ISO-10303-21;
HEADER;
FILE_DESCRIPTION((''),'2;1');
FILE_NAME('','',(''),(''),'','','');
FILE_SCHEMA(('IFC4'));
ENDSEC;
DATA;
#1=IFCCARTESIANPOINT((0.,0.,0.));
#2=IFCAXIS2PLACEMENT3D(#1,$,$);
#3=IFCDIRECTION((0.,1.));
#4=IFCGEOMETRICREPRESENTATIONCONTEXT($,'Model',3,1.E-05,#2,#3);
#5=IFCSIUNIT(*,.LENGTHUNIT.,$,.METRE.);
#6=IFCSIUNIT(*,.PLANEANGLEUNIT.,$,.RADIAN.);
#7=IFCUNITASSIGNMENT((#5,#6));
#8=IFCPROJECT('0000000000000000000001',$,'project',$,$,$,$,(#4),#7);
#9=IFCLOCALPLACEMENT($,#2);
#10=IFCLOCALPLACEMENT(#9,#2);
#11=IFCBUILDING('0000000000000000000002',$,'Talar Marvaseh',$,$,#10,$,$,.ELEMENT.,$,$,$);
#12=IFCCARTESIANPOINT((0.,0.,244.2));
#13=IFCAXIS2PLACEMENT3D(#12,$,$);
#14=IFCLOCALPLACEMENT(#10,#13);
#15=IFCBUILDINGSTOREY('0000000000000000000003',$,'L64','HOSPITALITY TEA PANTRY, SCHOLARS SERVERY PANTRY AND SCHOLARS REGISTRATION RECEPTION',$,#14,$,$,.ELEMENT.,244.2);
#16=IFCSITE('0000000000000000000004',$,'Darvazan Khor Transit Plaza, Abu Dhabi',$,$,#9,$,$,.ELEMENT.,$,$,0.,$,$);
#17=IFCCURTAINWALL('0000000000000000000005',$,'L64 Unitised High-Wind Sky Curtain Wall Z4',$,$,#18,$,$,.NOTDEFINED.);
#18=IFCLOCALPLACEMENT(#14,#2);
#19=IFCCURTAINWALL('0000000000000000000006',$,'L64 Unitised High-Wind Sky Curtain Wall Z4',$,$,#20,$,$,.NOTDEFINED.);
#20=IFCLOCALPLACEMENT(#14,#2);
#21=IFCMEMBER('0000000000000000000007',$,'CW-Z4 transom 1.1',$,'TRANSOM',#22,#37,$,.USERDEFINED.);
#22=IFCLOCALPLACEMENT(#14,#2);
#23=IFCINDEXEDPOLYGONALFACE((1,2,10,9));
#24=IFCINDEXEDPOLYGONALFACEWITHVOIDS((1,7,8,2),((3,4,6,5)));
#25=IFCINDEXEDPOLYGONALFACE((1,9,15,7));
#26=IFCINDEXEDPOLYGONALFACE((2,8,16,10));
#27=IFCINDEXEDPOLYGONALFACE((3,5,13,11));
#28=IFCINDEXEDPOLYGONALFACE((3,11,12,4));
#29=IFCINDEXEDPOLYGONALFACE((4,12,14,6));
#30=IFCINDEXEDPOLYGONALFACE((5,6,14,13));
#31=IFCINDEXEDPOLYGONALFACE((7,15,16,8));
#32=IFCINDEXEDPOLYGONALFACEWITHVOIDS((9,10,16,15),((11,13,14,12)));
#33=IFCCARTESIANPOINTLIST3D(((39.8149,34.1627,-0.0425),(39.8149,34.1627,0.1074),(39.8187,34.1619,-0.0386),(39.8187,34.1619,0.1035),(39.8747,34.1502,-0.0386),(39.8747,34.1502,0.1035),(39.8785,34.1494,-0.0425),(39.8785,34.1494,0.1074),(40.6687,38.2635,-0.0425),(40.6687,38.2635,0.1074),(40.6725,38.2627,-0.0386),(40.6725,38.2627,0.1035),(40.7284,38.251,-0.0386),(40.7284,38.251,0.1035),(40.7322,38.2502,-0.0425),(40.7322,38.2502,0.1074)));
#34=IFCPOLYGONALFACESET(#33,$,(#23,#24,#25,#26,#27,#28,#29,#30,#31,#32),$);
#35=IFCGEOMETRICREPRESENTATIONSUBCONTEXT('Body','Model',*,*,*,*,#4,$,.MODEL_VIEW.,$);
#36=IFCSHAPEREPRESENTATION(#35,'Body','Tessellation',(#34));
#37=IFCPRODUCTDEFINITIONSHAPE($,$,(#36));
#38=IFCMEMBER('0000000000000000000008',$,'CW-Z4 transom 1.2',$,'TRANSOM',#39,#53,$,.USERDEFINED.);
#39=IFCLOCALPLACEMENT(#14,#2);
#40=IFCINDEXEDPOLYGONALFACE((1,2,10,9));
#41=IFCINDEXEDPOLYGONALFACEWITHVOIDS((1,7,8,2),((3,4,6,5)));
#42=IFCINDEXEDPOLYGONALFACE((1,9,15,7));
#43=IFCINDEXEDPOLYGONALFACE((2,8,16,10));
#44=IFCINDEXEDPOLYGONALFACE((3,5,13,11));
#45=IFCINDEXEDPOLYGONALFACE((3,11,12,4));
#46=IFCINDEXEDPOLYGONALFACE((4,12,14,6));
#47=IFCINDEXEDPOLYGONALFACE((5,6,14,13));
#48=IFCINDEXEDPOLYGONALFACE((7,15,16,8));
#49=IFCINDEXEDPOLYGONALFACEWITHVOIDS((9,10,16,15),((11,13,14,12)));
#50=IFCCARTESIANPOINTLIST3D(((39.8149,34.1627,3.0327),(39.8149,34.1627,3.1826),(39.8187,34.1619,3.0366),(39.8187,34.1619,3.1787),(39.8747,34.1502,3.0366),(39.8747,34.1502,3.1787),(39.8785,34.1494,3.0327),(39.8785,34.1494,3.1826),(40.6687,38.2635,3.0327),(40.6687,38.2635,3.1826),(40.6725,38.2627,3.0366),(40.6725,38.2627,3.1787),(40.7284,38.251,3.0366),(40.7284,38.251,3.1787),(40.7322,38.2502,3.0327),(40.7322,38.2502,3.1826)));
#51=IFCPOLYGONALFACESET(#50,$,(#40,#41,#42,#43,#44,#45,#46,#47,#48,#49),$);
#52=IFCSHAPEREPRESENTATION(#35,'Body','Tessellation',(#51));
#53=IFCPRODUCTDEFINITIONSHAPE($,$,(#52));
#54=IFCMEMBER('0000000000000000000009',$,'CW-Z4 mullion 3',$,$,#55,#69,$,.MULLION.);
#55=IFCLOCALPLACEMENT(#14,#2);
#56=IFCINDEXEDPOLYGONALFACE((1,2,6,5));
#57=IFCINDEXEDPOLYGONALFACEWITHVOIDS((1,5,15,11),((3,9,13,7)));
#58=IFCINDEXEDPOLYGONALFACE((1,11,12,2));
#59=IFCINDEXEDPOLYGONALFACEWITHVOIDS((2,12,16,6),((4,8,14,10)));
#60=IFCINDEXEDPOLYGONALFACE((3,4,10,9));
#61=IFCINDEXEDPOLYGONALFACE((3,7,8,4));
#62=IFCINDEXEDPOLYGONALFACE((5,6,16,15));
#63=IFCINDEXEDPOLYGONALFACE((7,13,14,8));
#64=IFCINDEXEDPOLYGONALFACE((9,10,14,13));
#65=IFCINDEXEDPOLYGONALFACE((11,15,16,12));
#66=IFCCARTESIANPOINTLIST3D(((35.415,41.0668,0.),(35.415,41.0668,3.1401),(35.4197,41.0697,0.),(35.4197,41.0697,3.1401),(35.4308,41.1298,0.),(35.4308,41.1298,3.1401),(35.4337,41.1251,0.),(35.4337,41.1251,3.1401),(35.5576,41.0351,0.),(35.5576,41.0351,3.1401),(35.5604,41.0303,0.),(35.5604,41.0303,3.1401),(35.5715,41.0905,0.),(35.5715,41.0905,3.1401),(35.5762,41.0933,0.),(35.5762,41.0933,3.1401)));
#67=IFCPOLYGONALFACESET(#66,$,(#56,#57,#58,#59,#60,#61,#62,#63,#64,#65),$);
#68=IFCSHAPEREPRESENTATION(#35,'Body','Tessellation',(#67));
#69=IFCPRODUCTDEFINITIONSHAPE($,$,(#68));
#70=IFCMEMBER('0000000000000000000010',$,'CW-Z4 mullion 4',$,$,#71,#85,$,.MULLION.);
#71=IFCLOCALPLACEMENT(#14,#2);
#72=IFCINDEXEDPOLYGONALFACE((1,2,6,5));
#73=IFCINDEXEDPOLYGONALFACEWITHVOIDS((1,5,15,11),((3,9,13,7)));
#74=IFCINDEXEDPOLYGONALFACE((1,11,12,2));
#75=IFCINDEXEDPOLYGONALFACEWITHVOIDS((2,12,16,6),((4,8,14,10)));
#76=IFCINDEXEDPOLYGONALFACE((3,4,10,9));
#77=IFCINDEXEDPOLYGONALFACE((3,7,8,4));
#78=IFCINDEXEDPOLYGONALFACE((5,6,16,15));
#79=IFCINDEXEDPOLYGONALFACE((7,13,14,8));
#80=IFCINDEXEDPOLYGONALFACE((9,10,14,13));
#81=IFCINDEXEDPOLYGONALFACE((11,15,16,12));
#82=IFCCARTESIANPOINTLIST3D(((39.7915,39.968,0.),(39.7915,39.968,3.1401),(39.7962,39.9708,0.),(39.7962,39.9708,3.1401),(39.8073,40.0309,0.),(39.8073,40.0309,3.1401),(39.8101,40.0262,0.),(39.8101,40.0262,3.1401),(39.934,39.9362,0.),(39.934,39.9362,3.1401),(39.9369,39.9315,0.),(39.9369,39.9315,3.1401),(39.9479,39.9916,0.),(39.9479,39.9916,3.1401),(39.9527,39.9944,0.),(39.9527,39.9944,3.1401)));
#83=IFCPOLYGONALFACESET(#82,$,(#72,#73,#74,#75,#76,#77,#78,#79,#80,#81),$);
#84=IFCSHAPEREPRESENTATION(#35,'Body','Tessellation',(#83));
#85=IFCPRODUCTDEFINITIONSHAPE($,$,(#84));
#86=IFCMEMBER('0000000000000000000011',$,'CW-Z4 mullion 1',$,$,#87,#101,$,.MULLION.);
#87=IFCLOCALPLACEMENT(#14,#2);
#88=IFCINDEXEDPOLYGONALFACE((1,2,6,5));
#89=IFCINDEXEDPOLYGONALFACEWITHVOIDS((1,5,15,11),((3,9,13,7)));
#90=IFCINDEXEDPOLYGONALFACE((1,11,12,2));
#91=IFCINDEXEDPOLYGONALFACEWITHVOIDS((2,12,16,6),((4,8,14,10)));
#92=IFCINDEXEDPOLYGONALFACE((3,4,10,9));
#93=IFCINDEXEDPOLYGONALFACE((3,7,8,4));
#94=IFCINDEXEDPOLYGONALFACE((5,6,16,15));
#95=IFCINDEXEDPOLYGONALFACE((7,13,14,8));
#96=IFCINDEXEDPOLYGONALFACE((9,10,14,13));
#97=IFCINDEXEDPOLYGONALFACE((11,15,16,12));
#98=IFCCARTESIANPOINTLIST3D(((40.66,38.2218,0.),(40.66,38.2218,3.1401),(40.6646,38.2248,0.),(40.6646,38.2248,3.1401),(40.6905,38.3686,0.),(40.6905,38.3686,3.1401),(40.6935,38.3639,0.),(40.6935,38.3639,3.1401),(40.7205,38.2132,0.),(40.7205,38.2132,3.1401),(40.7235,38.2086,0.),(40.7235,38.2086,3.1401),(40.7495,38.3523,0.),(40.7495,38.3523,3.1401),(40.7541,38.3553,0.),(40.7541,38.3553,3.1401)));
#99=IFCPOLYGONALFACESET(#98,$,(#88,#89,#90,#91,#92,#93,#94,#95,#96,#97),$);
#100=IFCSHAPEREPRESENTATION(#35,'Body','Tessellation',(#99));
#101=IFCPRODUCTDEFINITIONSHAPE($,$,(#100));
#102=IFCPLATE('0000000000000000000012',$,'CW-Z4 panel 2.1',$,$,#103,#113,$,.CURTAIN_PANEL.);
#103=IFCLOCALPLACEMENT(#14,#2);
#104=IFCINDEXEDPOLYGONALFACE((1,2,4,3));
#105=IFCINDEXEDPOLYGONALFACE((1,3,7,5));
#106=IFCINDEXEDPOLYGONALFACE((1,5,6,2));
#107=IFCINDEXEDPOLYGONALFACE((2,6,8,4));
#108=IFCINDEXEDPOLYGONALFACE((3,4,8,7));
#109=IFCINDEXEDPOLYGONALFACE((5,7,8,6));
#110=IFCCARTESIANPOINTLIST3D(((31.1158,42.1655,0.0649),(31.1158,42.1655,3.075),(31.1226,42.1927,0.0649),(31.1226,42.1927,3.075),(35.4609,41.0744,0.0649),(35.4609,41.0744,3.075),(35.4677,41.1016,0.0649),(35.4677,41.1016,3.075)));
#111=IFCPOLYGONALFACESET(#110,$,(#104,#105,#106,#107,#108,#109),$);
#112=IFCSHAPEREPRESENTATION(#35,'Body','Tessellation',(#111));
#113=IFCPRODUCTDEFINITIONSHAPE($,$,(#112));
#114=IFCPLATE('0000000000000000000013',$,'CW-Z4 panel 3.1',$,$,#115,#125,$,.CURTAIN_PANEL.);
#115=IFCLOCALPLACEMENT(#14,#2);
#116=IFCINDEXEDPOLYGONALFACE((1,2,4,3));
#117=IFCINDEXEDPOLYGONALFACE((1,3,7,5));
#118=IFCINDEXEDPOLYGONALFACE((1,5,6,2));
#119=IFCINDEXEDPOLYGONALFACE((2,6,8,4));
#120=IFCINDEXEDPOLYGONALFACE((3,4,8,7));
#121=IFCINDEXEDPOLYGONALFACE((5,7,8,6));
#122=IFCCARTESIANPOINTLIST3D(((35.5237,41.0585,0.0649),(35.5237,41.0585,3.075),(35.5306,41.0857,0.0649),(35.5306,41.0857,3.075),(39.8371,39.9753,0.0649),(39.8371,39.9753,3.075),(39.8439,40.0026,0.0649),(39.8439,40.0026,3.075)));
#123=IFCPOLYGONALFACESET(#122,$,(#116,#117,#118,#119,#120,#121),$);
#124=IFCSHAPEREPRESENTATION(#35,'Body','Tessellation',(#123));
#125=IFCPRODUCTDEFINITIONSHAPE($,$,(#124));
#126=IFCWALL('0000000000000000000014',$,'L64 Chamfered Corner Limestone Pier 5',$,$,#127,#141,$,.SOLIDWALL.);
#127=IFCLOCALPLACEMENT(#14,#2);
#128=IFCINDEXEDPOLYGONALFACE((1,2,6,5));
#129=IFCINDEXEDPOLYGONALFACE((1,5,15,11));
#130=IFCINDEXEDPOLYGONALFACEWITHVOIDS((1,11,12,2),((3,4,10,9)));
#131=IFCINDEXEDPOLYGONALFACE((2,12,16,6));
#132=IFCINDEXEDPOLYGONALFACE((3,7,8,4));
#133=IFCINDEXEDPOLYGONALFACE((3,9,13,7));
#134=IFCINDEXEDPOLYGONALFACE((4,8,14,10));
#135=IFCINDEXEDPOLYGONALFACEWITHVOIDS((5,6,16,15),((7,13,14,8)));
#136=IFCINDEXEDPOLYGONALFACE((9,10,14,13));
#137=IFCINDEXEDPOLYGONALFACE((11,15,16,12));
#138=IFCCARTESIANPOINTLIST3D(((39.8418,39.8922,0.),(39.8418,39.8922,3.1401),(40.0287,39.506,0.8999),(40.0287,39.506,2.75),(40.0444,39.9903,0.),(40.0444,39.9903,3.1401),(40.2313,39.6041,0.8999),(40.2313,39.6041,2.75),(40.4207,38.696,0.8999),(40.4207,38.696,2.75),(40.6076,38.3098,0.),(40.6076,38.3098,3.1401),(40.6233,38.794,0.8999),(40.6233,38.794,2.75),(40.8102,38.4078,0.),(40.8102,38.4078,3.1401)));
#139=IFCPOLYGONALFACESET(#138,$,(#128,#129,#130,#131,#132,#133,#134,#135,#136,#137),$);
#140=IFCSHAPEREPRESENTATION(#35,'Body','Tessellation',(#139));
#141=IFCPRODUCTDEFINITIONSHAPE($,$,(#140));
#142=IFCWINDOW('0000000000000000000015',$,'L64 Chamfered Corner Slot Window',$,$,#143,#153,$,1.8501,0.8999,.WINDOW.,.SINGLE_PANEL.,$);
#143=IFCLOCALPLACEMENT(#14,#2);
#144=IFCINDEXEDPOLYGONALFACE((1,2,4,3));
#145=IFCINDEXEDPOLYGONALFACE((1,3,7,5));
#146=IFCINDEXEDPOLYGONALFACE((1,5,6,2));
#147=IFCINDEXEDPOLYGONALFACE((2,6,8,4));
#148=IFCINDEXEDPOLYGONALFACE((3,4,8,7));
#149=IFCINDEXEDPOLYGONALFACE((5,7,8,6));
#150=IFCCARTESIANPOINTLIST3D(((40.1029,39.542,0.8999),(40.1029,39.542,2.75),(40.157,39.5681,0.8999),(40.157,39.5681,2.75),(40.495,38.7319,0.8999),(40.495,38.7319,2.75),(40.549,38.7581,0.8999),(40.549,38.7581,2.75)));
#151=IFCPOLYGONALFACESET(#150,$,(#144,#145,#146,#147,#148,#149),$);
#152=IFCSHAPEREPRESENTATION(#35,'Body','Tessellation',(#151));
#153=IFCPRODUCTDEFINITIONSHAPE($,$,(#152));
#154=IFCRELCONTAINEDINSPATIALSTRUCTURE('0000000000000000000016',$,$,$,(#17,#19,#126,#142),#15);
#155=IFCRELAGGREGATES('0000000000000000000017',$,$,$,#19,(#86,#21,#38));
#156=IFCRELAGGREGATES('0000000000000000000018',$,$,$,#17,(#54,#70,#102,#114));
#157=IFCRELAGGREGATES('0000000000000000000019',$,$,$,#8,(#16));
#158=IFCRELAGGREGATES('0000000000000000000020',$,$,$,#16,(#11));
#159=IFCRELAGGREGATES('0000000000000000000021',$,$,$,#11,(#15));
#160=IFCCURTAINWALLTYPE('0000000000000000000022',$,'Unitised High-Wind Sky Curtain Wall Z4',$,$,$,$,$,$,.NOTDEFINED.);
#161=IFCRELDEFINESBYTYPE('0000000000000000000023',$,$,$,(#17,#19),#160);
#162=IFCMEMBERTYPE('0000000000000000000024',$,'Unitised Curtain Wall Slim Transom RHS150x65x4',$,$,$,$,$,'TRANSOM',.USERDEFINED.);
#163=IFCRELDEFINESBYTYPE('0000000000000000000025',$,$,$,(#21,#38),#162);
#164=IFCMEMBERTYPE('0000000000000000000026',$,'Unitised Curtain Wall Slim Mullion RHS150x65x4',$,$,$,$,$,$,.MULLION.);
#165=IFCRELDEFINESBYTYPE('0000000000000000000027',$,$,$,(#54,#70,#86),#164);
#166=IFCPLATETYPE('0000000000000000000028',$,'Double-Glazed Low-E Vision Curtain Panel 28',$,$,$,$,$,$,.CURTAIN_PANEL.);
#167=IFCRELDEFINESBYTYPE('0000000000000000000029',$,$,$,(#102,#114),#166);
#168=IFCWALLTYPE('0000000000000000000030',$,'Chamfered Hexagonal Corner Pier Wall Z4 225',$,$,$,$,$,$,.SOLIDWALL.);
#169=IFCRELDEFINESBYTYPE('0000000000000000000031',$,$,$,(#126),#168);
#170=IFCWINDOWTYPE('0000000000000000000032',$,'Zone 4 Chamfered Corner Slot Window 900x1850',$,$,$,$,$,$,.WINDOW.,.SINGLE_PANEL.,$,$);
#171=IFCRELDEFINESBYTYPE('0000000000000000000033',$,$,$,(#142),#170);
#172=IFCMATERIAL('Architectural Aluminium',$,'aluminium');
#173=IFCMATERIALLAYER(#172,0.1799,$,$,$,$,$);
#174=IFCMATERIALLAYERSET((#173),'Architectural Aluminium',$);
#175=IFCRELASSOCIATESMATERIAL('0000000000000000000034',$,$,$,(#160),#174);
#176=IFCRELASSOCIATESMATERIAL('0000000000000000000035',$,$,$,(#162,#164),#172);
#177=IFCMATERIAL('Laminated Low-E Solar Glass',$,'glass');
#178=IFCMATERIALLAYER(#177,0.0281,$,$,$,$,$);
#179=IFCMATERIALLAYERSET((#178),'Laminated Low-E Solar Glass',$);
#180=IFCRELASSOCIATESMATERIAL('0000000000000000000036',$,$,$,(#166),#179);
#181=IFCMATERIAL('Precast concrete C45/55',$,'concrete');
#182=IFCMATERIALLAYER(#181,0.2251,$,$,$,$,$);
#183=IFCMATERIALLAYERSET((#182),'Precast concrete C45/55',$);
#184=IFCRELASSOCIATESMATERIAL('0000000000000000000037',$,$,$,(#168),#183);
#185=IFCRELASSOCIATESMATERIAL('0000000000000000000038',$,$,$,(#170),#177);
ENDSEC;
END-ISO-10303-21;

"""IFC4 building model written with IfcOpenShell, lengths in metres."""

from ifc_helpers import new_model, si_unit, direction, frame, frame_2d, origin, origin_2d, place, context, subcontext, project, spatial, rectangle, hollow_rectangle, extrude, source, transform, mapped, material, layer, layer_set, material_profile, profile_set, type_object, type_shapes, element, fill, aggregate, save


model = new_model("IFC4")

# Units and contexts
model_context = context("Model", 3, precision=1e-05, world=origin(), true_north=direction((0.0, 1.0)))
body_context = subcontext(model_context, "Body", "Model", "MODEL_VIEW")
ifc_project = project(units=[si_unit("LENGTHUNIT", "METRE"), si_unit("PLANEANGLEUNIT", "RADIAN")], contexts=[model_context])

# Site, building, storey
site_placement = place(None, origin())
site = spatial("IfcSite", under=ifc_project, at=site_placement, Name="Darvazan Khor Transit Plaza, Abu Dhabi", CompositionType="ELEMENT", RefElevation=0.0)
building_placement = place(site_placement, origin())
building = spatial("IfcBuilding", under=site, at=building_placement, Name="Talar Marvaseh", CompositionType="ELEMENT")
storey_placement = place(building_placement, frame((0.0, 0.0, 244.2)))
storey = spatial("IfcBuildingStorey", under=building, at=storey_placement, Name="L64", Description="HOSPITALITY TEA PANTRY, SCHOLARS SERVERY PANTRY AND SCHOLARS REGISTRATION RECEPTION", CompositionType="ELEMENT", Elevation=244.2)

# Curtain walls, members
ifc_material_1 = material(Name="Architectural Aluminium", Category="aluminium")
ifc_layer_1 = layer(ifc_material_1, 0.1799)
ifc_layer_set_1 = layer_set([ifc_layer_1], Name="Architectural Aluminium")
curtain_wall_type = type_object("IfcCurtainWallType", Name="Unitised High-Wind Sky Curtain Wall Z4", PredefinedType="NOTDEFINED", material=ifc_layer_set_1)
curtain_wall_1_placement = place(storey_placement, origin())
curtain_wall_1 = element("IfcCurtainWall", 1, at=curtain_wall_1_placement, inside=storey, type_object=curtain_wall_type, Name="L64 Unitised High-Wind Sky Curtain Wall Z4", PredefinedType="NOTDEFINED")
ifc_material_profile_1 = material_profile(ifc_material_1, hollow_rectangle(XDim=0.0649, YDim=0.1499, WallThickness=0.0039, at=origin_2d()), Name="RHS150x65x4")
ifc_profile_set_1 = profile_set([ifc_material_profile_1], Name="Architectural Aluminium")
member_type_1 = type_object("IfcMemberType", Name="Unitised Curtain Wall Slim Transom RHS150x65x4", ElementType="TRANSOM", PredefinedType="USERDEFINED", material=ifc_profile_set_1)
curtain_wall_2_placement = place(storey_placement, origin())
curtain_wall_2 = element("IfcCurtainWall", 2, at=curtain_wall_2_placement, inside=storey, type_object=curtain_wall_type, Name="L64 Unitised High-Wind Sky Curtain Wall Z4", PredefinedType="NOTDEFINED")
shared_shape_1 = source(origin(), body_context, "Body", "SweptSolid", [
    extrude(hollow_rectangle(XDim=0.0649, YDim=0.1499, WallThickness=0.0039, at=origin_2d()), origin(), (0.0, 0.0, 1.0), 4.1887),
])
member_1_placement = place(storey_placement, frame((40.7004, 38.2568, 0.0325), z_axis=(-0.203822, -0.979008, 0.0), x_axis=(0.979008, -0.203822, 0.0)))
member_1 = element("IfcMember", 3, at=member_1_placement, type_object=member_type_1, Name="CW-Z4 transom 1.1", ObjectType="TRANSOM", PredefinedType="USERDEFINED", context=body_context, shape_type="MappedRepresentation", body=[
    mapped(shared_shape_1, transform((0.0, 0.0, 0.0), x_axis=(1.0, 0.0, 0.0), y_axis=(0.0, 1.0, 0.0), z_axis=(0.0, 0.0, 1.0), scale=1.0)),
])
member_2_placement = place(storey_placement, frame((40.7004, 38.2568, 3.1077), z_axis=(-0.203822, -0.979008, 0.0), x_axis=(0.979008, -0.203822, 0.0)))
member_2 = element("IfcMember", 4, at=member_2_placement, type_object=member_type_1, Name="CW-Z4 transom 1.2", ObjectType="TRANSOM", PredefinedType="USERDEFINED", context=body_context, shape_type="MappedRepresentation", body=[
    mapped(shared_shape_1, transform((0.0, 0.0, 0.0), x_axis=(1.0, 0.0, 0.0), y_axis=(0.0, 1.0, 0.0), z_axis=(0.0, 0.0, 1.0), scale=1.0)),
])

# Members
ifc_material_profile_2 = material_profile(ifc_material_1, hollow_rectangle(XDim=0.0649, YDim=0.1499, WallThickness=0.0039, at=origin_2d()), Name="RHS150x65x4")
ifc_profile_set_2 = profile_set([ifc_material_profile_2], Name="Architectural Aluminium")
member_type_2 = type_object("IfcMemberType", Name="Unitised Curtain Wall Slim Mullion RHS150x65x4", PredefinedType="MULLION", material=ifc_profile_set_2)
shared_shape_2 = source(origin(), body_context, "Body", "SweptSolid", [
    extrude(hollow_rectangle(XDim=0.0649, YDim=0.1499, WallThickness=0.0039, at=origin_2d()), origin(), (0.0, 0.0, 1.0), 3.1401),
])
type_shapes(member_type_2, [shared_shape_2])
member_3_placement = place(storey_placement, frame((35.4956, 41.0801, 0.0), z_axis=(0.0, 0.0, 1.0), x_axis=(0.243548, 0.969889, 0.0)))
member_3 = element("IfcMember", 5, at=member_3_placement, type_object=member_type_2, Name="CW-Z4 mullion 3", PredefinedType="MULLION", context=body_context, shape_type="MappedRepresentation", body=[
    mapped(shared_shape_2, transform((0.0, 0.0, 0.0), x_axis=(1.0, 0.0, 0.0), y_axis=(0.0, 1.0, 0.0), z_axis=(0.0, 0.0, 1.0), scale=1.0)),
])
member_4_placement = place(storey_placement, frame((39.8721, 39.9812, 0.0), z_axis=(0.0, 0.0, 1.0), x_axis=(0.243548, 0.969889, 0.0)))
member_4 = element("IfcMember", 6, at=member_4_placement, type_object=member_type_2, Name="CW-Z4 mullion 4", PredefinedType="MULLION", context=body_context, shape_type="MappedRepresentation", body=[
    mapped(shared_shape_2, transform((0.0, 0.0, 0.0), x_axis=(1.0, 0.0, 0.0), y_axis=(0.0, 1.0, 0.0), z_axis=(0.0, 0.0, 1.0), scale=1.0)),
])
member_5_placement = place(storey_placement, frame((40.707, 38.2886, 0.0), z_axis=(0.0, 0.0, 1.0), x_axis=(0.979014, -0.203791, 0.0)))
member_5 = element("IfcMember", 7, at=member_5_placement, type_object=member_type_2, Name="CW-Z4 mullion 1", PredefinedType="MULLION", context=body_context, shape_type="MappedRepresentation", body=[
    mapped(shared_shape_2, transform((0.0, 0.0, 0.0), x_axis=(1.0, 0.0, 0.0), y_axis=(0.0, 1.0, 0.0), z_axis=(0.0, 0.0, 1.0), scale=1.0)),
])
aggregate(curtain_wall_2, [member_5, member_1, member_2])

# Plates
ifc_material_2 = material(Name="Laminated Low-E Solar Glass", Category="glass")
ifc_layer_2 = layer(ifc_material_2, 0.0281)
ifc_layer_set_2 = layer_set([ifc_layer_2], Name="Laminated Low-E Solar Glass")
plate_type = type_object("IfcPlateType", Name="Double-Glazed Low-E Vision Curtain Panel 28", PredefinedType="CURTAIN_PANEL", material=ifc_layer_set_2)
shared_shape_3 = source(origin(), body_context, "Body", "SweptSolid", [
    extrude(rectangle(XDim=4.48, YDim=0.0281, at=origin_2d()), origin(), (0.0, 0.0, 1.0), 3.01),
])
plate_1_placement = place(storey_placement, frame((33.2917, 41.6335, 0.0649), z_axis=(0.0, 0.0, 1.0), x_axis=(0.969889, -0.243548, 0.0)))
plate_1 = element("IfcPlate", 8, at=plate_1_placement, type_object=plate_type, Name="CW-Z4 panel 2.1", PredefinedType="CURTAIN_PANEL", context=body_context, shape_type="MappedRepresentation", body=[
    mapped(shared_shape_3, transform((0.0, 0.0, 0.0), x_axis=(1.0, 0.0, 0.0), y_axis=(0.0, 1.0, 0.0), z_axis=(0.0, 0.0, 1.0), scale=1.0)),
])
shared_shape_4 = source(origin(), body_context, "Body", "SweptSolid", [
    extrude(rectangle(XDim=4.4473, YDim=0.0281, at=origin_2d()), origin(), (0.0, 0.0, 1.0), 3.01),
])
type_shapes(plate_type, [shared_shape_3, shared_shape_4])
plate_2_placement = place(storey_placement, frame((37.6838, 40.5305, 0.0649), z_axis=(0.0, 0.0, 1.0), x_axis=(0.969889, -0.243548, 0.0)))
plate_2 = element("IfcPlate", 9, at=plate_2_placement, type_object=plate_type, Name="CW-Z4 panel 3.1", PredefinedType="CURTAIN_PANEL", context=body_context, shape_type="MappedRepresentation", body=[
    mapped(shared_shape_4, transform((0.0, 0.0, 0.0), x_axis=(1.0, 0.0, 0.0), y_axis=(0.0, 1.0, 0.0), z_axis=(0.0, 0.0, 1.0), scale=1.0)),
])
aggregate(curtain_wall_1, [member_3, member_4, plate_1, plate_2])

# Wall, opening, window
ifc_material_3 = material(Name="Precast concrete C45/55", Category="concrete")
ifc_layer_3 = layer(ifc_material_3, 0.2251)
ifc_layer_set_3 = layer_set([ifc_layer_3], Name="Precast concrete C45/55")
wall_type_1 = type_object("IfcWallType", Name="Chamfered Hexagonal Corner Pier Wall Z4 225", PredefinedType="SOLIDWALL", material=ifc_layer_set_3)
wall_1_placement = place(storey_placement, frame((39.9431, 39.9412, 0.0), z_axis=(0.0, 0.0, 1.0), x_axis=(0.435623, -0.900129, 0.0)))
wall_1 = element("IfcWall", 10, at=wall_1_placement, inside=storey, type_object=wall_type_1, Name="L64 Chamfered Corner Limestone Pier 5", PredefinedType="SOLIDWALL", context=body_context, shape_type="SweptSolid", body=[
    extrude(rectangle(XDim=1.7581, YDim=0.2251, at=frame_2d((0.8789, 0.0))), origin(), (0.0, 0.0, 1.0), 3.1401),
])
opening_1_placement = place(wall_1_placement, frame((0.429, 0.0, 0.8999)))
opening_1 = element("IfcOpeningElement", 11, at=opening_1_placement, cuts=wall_1, PredefinedType="OPENING", context=body_context, shape_type="SweptSolid", body=[
    extrude(rectangle(XDim=0.8999, YDim=1.8501, at=frame_2d((0.45, 0.925))), frame((0.0, 0.1226, 0.0), z_axis=(0.0, -1.0, 0.0), x_axis=(1.0, 0.0, 0.0)), (0.0, 0.0, 1.0), 0.2451),
])
window_type = type_object("IfcWindowType", Name="Zone 4 Chamfered Corner Slot Window 900x1850", PartitioningType="SINGLE_PANEL", PredefinedType="WINDOW", material=ifc_material_2)
shared_shape_5 = source(origin(), body_context, "Body", "SweptSolid", [
    extrude(rectangle(XDim=0.8999, YDim=1.8501, at=frame_2d((0.45, 0.925))), frame((0.0, 0.03, 0.0), z_axis=(0.0, -1.0, 0.0), x_axis=(1.0, 0.0, 0.0)), (0.0, 0.0, 1.0), 0.0601),
])
type_shapes(window_type, [shared_shape_5])
window_placement = place(opening_1_placement, origin())
window = element("IfcWindow", 12, at=window_placement, inside=storey, type_object=window_type, Name="L64 Chamfered Corner Slot Window", OverallHeight=1.8501, OverallWidth=0.8999, PartitioningType="SINGLE_PANEL", PredefinedType="WINDOW", context=body_context, shape_type="MappedRepresentation", body=[
    mapped(shared_shape_5, transform((0.0, 0.0, 0.0), x_axis=(1.0, 0.0, 0.0), y_axis=(0.0, 1.0, 0.0), z_axis=(0.0, 0.0, 1.0), scale=1.0)),
])
fill(opening_1, window)

save(model, "model.ifc")
